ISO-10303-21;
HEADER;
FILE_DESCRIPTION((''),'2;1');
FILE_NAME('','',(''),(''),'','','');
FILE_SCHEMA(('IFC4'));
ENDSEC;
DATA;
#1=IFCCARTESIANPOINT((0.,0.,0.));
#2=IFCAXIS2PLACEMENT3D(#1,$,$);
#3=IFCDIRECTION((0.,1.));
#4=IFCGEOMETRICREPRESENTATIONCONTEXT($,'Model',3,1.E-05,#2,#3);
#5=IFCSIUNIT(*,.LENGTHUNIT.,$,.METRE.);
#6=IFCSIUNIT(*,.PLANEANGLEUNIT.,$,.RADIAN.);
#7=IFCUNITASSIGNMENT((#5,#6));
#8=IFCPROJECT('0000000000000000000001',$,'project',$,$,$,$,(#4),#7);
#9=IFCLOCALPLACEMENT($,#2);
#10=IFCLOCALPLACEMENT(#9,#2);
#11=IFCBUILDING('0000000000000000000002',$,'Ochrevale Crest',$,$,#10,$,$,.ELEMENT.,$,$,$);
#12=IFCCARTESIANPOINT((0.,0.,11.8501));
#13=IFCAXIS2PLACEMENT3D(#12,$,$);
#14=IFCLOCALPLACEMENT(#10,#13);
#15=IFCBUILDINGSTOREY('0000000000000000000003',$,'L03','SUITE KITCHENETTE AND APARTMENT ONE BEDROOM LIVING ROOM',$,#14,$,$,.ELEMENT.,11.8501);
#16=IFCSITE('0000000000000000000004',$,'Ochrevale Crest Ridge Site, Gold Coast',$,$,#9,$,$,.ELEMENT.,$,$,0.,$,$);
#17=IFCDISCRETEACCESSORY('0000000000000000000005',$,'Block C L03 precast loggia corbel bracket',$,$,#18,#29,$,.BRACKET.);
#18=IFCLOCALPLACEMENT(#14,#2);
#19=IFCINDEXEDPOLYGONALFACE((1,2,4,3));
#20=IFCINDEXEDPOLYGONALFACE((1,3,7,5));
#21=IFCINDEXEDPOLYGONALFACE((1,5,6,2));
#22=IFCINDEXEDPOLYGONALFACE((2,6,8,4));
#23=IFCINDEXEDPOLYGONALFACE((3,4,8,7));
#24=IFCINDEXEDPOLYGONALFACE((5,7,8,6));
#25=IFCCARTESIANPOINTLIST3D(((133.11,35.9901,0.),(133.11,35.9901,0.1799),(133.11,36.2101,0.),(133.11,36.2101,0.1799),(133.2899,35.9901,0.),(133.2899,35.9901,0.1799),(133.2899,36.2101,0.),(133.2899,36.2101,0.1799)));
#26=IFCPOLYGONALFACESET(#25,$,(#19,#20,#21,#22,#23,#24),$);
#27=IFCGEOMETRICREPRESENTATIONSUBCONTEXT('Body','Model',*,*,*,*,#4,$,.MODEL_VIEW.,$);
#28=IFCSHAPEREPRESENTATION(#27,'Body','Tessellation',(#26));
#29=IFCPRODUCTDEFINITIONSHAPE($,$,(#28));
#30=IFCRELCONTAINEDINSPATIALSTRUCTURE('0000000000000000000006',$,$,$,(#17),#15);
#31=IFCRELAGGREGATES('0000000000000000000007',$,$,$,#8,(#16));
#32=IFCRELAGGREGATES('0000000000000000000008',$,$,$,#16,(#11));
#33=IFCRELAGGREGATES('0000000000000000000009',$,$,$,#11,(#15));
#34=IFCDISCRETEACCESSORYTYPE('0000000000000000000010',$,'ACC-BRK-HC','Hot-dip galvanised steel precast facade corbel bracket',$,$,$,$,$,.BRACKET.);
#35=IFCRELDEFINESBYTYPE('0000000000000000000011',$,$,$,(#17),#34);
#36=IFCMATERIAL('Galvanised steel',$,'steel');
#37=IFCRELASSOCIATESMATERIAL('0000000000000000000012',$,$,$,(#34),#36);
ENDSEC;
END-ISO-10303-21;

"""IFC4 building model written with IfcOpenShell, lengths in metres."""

from ifc_helpers import new_model, si_unit, direction, frame, origin, origin_2d, place, context, subcontext, project, spatial, rectangle, extrude, material, type_object, element, save


model = new_model("IFC4")

# Units and contexts
model_context = context("Model", 3, precision=1e-05, world=origin(), true_north=direction((0.0, 1.0)))
body_context = subcontext(model_context, "Body", "Model", "MODEL_VIEW")
ifc_project = project(units=[si_unit("LENGTHUNIT", "METRE"), si_unit("PLANEANGLEUNIT", "RADIAN")], contexts=[model_context])

# Site, building, storey
site_placement = place(None, origin())
site = spatial("IfcSite", under=ifc_project, at=site_placement, Name="Ochrevale Crest Ridge Site, Gold Coast", CompositionType="ELEMENT", RefElevation=0.0)
building_placement = place(site_placement, origin())
building = spatial("IfcBuilding", under=site, at=building_placement, Name="Ochrevale Crest", CompositionType="ELEMENT")
storey_placement = place(building_placement, frame((0.0, 0.0, 11.8501)))
storey = spatial("IfcBuildingStorey", under=building, at=storey_placement, Name="L03", Description="SUITE KITCHENETTE AND APARTMENT ONE BEDROOM LIVING ROOM", CompositionType="ELEMENT", Elevation=11.8501)

# Shared definitions
ifc_material_1 = material(Name="Galvanised steel", Category="steel")

# Discrete accessory
discrete_accessory_type = type_object("IfcDiscreteAccessoryType", Name="ACC-BRK-HC", Description="Hot-dip galvanised steel precast facade corbel bracket", PredefinedType="BRACKET", material=ifc_material_1)
discrete_accessory_placement = place(storey_placement, frame((133.2, 36.1001, 0.0), z_axis=(0.0, 0.0, 1.0), x_axis=(1.0, 0.0, 0.0)))
element("IfcDiscreteAccessory", 1, at=discrete_accessory_placement, inside=storey, type_object=discrete_accessory_type, Name="Block C L03 precast loggia corbel bracket", PredefinedType="BRACKET", context=body_context, shape_type="SweptSolid", body=[
    extrude(rectangle(XDim=0.1799, YDim=0.22, at=origin_2d()), origin(), (0.0, 0.0, 1.0), 0.1799),
])

save(model, "model.ifc")
